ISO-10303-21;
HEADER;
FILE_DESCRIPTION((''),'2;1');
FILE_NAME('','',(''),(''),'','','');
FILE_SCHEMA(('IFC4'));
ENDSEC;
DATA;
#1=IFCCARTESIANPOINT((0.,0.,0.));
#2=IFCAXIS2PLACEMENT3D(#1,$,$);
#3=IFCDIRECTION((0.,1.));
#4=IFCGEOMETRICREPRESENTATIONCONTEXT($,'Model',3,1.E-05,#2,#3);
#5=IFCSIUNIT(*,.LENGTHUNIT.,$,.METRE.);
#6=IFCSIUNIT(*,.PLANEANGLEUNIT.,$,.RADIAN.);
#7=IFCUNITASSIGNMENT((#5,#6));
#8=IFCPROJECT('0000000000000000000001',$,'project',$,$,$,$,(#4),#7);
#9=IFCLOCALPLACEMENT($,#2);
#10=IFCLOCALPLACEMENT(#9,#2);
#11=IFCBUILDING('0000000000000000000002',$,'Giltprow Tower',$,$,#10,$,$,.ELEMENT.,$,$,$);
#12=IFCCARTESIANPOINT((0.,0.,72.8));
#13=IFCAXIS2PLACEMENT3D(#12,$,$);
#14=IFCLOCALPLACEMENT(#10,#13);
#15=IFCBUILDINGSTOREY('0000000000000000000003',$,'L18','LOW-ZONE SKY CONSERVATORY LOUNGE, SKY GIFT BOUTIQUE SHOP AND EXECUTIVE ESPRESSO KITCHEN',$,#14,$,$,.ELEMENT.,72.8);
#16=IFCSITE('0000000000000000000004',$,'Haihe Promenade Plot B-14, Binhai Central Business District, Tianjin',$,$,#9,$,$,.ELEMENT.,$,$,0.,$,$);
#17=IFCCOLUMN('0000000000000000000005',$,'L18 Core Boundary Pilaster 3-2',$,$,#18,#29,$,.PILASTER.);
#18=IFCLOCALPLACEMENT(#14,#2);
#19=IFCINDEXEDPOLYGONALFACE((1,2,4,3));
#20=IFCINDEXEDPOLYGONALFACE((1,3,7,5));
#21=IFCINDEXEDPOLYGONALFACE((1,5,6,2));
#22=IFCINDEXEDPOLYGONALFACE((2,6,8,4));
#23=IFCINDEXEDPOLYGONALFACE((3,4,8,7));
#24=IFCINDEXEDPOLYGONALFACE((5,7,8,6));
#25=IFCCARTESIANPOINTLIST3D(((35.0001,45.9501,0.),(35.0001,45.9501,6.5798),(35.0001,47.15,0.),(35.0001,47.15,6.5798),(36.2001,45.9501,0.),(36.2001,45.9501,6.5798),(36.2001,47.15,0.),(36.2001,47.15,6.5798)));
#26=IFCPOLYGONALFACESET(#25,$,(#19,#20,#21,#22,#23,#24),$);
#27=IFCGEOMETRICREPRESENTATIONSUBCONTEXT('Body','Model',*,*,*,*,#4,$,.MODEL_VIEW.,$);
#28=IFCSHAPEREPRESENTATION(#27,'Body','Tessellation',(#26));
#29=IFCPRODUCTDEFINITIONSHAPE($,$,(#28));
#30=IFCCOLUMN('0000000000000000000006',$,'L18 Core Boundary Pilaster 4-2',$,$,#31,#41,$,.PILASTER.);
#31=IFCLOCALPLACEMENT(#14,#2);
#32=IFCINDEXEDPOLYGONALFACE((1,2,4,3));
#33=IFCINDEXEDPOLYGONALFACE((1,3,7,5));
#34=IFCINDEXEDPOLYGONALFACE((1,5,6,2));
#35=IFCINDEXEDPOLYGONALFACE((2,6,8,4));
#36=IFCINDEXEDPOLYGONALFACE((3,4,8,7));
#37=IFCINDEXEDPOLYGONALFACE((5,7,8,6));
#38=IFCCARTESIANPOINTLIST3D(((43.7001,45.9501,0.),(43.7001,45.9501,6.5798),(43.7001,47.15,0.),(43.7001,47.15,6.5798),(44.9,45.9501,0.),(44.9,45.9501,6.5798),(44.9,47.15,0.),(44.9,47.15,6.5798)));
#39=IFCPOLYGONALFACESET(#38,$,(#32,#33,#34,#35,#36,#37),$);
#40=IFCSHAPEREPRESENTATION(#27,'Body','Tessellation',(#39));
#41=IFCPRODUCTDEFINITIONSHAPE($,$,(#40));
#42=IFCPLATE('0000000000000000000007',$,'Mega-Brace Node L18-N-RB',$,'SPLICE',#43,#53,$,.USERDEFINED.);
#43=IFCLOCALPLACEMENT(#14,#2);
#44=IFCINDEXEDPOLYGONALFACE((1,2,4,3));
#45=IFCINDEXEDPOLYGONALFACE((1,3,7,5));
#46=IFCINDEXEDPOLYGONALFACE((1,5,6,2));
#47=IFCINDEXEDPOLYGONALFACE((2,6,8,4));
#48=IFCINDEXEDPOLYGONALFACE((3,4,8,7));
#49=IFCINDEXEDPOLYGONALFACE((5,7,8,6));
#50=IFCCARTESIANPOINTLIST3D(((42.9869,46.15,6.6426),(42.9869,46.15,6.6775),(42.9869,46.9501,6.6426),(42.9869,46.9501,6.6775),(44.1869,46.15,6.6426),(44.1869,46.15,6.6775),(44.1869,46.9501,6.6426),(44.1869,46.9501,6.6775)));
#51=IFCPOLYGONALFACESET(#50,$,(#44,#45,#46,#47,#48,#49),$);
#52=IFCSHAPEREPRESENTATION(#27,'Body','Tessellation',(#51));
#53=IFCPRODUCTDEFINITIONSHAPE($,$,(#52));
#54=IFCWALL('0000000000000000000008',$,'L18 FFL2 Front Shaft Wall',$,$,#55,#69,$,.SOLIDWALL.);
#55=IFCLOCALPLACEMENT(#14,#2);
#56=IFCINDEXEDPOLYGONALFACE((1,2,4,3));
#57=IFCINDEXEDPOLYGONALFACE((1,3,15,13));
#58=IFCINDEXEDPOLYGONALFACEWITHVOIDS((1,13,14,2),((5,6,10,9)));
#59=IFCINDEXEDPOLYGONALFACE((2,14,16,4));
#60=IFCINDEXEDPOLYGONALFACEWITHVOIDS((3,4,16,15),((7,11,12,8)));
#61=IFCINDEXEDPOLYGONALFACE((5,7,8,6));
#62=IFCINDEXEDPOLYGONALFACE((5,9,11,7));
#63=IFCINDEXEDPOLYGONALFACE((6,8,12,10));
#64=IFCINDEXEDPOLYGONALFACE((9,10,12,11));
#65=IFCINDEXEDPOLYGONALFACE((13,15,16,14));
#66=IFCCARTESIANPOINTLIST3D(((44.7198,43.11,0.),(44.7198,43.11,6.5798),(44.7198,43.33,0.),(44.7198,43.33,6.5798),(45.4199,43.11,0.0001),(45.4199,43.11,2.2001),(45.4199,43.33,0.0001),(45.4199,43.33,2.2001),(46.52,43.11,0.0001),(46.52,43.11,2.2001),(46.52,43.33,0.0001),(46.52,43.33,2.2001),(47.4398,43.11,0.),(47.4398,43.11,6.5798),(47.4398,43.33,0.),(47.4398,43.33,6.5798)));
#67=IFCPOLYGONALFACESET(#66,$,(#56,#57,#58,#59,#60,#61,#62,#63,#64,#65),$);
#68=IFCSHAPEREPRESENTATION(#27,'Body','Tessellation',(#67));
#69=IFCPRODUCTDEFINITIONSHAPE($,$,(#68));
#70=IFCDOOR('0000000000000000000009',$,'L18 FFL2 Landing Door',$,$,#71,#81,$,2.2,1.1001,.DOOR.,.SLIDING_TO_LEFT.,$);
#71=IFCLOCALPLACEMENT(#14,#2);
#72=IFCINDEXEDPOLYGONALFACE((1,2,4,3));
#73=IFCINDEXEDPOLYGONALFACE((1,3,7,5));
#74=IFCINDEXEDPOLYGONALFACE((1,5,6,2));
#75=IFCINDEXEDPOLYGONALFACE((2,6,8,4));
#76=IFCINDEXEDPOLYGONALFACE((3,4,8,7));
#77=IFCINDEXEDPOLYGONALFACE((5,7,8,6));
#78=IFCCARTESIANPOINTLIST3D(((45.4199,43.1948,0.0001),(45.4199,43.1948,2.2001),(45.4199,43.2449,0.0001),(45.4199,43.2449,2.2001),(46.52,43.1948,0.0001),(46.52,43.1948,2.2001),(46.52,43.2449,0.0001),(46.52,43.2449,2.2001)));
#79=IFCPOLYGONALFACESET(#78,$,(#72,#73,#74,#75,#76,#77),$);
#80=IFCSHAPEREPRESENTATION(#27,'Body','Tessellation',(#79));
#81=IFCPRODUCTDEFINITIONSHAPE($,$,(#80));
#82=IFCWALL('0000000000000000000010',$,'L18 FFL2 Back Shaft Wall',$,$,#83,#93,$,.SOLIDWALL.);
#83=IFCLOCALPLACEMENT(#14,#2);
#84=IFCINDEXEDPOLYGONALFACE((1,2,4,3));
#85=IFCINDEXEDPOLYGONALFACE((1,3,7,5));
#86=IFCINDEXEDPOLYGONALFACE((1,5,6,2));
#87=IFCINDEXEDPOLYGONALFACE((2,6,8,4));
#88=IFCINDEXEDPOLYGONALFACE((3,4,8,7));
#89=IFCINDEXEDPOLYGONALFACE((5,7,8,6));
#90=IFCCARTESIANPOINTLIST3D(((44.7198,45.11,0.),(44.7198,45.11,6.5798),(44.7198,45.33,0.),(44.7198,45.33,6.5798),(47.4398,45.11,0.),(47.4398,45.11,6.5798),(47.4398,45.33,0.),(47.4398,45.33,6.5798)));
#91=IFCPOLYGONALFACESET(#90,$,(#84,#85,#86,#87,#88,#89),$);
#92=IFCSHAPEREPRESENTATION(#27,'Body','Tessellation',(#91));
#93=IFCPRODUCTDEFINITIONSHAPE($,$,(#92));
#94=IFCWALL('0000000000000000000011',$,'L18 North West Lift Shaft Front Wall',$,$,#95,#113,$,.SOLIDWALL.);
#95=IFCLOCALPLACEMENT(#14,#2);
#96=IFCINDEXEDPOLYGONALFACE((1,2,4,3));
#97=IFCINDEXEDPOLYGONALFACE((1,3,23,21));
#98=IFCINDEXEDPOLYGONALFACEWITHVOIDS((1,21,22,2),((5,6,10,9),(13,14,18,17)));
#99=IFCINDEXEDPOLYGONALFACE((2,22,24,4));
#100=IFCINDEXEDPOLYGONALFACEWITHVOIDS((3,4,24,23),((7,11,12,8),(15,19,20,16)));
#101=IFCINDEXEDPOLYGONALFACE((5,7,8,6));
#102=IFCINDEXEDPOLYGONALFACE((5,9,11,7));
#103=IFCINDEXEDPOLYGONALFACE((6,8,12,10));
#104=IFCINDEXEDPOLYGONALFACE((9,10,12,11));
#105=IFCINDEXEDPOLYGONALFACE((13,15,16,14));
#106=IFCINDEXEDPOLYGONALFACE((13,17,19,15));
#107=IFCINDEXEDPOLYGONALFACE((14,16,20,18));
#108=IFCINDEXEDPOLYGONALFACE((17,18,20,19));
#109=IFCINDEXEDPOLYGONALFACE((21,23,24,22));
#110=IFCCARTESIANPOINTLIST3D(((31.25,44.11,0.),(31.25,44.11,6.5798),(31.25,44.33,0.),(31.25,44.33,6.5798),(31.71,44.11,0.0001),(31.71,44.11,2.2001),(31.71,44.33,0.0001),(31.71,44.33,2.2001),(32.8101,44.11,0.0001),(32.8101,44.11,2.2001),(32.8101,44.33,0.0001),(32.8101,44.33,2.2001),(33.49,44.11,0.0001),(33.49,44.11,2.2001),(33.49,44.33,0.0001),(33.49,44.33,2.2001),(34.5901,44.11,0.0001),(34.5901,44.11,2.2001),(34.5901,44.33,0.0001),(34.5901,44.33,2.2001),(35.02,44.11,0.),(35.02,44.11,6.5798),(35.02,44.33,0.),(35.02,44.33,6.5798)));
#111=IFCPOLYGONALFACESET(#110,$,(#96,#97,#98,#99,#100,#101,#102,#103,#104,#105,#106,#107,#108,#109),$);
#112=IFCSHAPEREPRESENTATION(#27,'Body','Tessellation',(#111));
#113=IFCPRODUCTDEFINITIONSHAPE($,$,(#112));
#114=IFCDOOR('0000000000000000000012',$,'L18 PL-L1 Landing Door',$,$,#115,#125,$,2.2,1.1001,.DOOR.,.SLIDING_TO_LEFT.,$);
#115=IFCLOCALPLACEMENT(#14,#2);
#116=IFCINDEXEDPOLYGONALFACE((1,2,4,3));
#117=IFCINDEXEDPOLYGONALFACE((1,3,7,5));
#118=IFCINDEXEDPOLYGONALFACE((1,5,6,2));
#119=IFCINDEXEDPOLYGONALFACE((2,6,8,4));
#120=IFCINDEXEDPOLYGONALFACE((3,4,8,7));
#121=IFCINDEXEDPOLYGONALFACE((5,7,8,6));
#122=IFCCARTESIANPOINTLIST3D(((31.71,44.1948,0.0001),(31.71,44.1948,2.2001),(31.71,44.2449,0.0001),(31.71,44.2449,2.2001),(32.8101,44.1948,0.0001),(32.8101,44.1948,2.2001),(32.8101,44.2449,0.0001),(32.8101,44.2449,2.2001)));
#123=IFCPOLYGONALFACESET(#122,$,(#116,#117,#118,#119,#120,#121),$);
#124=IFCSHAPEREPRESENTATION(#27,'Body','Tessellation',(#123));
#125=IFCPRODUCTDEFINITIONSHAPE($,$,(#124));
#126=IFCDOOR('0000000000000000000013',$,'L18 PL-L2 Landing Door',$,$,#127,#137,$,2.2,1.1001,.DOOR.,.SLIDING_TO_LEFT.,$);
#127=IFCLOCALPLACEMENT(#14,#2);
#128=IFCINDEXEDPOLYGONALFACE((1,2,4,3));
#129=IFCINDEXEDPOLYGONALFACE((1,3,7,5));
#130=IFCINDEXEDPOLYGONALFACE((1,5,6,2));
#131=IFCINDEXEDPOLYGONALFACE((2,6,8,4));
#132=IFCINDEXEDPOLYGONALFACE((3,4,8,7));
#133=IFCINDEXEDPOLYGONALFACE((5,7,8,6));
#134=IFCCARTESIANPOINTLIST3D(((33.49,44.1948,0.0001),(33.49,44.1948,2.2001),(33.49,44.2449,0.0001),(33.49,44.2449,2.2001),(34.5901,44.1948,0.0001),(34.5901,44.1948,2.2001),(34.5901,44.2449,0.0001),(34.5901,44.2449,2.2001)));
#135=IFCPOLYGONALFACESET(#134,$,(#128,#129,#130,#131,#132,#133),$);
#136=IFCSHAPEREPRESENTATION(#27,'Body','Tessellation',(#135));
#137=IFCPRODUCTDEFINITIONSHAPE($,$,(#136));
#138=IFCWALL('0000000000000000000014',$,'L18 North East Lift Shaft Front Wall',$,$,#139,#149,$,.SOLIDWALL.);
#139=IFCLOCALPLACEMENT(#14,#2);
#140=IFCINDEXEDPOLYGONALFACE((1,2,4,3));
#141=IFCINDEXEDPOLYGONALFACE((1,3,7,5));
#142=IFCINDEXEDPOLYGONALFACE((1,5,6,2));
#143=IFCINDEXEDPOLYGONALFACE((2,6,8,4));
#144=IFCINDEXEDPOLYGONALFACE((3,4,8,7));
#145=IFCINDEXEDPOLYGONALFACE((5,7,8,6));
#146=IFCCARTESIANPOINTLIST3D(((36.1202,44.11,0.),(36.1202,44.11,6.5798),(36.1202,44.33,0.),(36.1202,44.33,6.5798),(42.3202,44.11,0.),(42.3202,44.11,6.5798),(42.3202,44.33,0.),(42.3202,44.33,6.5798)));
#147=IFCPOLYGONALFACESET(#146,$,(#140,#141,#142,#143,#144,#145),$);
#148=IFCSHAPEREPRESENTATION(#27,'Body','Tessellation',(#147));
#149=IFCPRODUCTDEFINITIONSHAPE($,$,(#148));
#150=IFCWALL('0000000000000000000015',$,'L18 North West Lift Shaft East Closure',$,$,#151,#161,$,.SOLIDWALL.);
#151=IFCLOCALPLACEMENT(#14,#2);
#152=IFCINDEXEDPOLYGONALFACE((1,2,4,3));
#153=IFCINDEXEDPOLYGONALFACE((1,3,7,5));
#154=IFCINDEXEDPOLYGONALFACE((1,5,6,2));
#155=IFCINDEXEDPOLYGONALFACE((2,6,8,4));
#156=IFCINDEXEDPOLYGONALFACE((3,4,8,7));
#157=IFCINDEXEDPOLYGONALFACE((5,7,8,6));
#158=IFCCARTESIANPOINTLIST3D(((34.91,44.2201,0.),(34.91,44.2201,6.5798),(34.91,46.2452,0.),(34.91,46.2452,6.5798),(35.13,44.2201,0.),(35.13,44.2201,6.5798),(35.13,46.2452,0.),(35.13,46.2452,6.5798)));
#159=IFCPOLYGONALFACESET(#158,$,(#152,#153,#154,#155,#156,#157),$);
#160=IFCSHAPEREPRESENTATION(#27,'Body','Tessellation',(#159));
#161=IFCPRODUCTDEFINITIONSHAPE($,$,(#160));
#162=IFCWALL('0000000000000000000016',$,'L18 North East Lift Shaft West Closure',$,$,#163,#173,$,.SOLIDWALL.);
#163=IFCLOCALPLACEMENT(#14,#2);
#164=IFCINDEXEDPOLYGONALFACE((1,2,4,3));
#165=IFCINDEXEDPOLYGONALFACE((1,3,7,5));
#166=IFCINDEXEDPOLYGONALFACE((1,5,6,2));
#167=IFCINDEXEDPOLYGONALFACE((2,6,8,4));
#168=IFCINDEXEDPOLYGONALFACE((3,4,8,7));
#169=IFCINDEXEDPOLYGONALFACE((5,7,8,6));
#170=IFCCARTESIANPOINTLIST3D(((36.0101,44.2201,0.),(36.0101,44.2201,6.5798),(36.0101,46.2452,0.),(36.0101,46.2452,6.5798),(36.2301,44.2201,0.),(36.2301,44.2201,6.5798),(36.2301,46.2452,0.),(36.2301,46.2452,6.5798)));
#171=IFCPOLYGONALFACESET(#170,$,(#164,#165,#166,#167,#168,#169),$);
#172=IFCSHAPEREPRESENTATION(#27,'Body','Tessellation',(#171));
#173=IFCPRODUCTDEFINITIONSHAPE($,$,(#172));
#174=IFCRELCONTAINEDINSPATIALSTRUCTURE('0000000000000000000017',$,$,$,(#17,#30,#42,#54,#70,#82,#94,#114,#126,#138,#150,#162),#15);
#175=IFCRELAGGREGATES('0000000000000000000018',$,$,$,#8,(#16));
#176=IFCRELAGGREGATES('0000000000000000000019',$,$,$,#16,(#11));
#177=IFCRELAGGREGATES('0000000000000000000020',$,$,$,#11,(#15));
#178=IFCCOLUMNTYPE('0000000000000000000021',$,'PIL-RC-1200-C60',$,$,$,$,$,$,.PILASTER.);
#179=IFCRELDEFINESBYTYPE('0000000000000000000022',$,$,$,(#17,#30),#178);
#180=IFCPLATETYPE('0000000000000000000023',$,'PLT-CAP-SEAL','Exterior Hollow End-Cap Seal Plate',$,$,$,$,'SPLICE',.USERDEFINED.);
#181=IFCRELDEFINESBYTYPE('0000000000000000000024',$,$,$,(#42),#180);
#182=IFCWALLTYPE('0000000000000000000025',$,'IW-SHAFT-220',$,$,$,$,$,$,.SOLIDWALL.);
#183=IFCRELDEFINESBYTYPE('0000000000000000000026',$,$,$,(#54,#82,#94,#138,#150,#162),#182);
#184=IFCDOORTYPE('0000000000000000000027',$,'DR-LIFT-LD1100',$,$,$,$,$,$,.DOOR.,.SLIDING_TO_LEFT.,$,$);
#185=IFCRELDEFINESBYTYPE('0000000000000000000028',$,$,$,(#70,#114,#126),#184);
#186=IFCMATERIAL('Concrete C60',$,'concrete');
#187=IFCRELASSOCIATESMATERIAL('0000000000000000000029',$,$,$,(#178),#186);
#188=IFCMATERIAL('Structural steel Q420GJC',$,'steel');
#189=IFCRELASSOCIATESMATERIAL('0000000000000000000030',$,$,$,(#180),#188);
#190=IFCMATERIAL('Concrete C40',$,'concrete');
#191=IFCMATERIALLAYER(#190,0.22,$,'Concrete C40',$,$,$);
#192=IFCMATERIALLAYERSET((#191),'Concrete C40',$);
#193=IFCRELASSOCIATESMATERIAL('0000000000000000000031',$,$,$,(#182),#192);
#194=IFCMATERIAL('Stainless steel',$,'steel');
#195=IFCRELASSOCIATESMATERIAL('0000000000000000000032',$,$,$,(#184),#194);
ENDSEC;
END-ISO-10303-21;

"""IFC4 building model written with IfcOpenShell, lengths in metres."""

from ifc_helpers import new_model, si_unit, direction, frame, frame_2d, origin, origin_2d, place, context, subcontext, project, spatial, rectangle, extrude, source, transform, mapped, material, layer, layer_set, material_profile, profile_set, type_object, element, fill, save


model = new_model("IFC4")

# Units and contexts
model_context = context("Model", 3, precision=1e-05, world=origin(), true_north=direction((0.0, 1.0)))
body_context = subcontext(model_context, "Body", "Model", "MODEL_VIEW")
ifc_project = project(units=[si_unit("LENGTHUNIT", "METRE"), si_unit("PLANEANGLEUNIT", "RADIAN")], contexts=[model_context])

# Site, building, storey
site_placement = place(None, origin())
site = spatial("IfcSite", under=ifc_project, at=site_placement, Name="Haihe Promenade Plot B-14, Binhai Central Business District, Tianjin", CompositionType="ELEMENT", RefElevation=0.0)
building_placement = place(site_placement, origin())
building = spatial("IfcBuilding", under=site, at=building_placement, Name="Giltprow Tower", CompositionType="ELEMENT")
storey_placement = place(building_placement, frame((0.0, 0.0, 72.8)))
storey = spatial("IfcBuildingStorey", under=building, at=storey_placement, Name="L18", Description="LOW-ZONE SKY CONSERVATORY LOUNGE, SKY GIFT BOUTIQUE SHOP AND EXECUTIVE ESPRESSO KITCHEN", CompositionType="ELEMENT", Elevation=72.8)

# Columns
ifc_material_1 = material(Name="Concrete C60", Category="concrete")
ifc_material_profile = material_profile(ifc_material_1, rectangle(XDim=1.2, YDim=1.2, at=origin_2d()), Name="RC 1200x1200")
ifc_profile_set = profile_set([ifc_material_profile], Name="Concrete C60")
column_type = type_object("IfcColumnType", Name="PIL-RC-1200-C60", PredefinedType="PILASTER", material=ifc_profile_set)
shared_shape_1 = source(origin(), body_context, "Body", "SweptSolid", [
    extrude(rectangle(XDim=1.2, YDim=1.2, at=origin_2d()), origin(), (0.0, 0.0, 1.0), 6.5798),
])
for number, where, z_axis, x_axis, name in (
    (1, (35.6001, 46.55, 0.0), (0.0, 0.0, 1.0), (1.0, 0.0, 0.0), "L18 Core Boundary Pilaster 3-2"),
    (2, (44.3, 46.55, 0.0), (0.0, 0.0, 1.0), (1.0, 0.0, 0.0), "L18 Core Boundary Pilaster 4-2"),
):
    element("IfcColumn", number, at=place(storey_placement, frame(where, z_axis=z_axis, x_axis=x_axis)), inside=storey, type_object=column_type, Name=name, PredefinedType="PILASTER", context=body_context, shape_type="MappedRepresentation", body=[
        mapped(shared_shape_1, transform((0.0, 0.0, 0.0), x_axis=(1.0, 0.0, 0.0), y_axis=(0.0, 1.0, 0.0), z_axis=(0.0, 0.0, 1.0), scale=1.0)),
    ])

# Plate
ifc_material_2 = material(Name="Structural steel Q420GJC", Category="steel")
plate_type = type_object("IfcPlateType", Name="PLT-CAP-SEAL", Description="Exterior Hollow End-Cap Seal Plate", ElementType="SPLICE", PredefinedType="USERDEFINED", material=ifc_material_2)
shared_shape_2 = source(origin(), body_context, "Body", "SweptSolid", [
    extrude(rectangle(XDim=1.2, YDim=0.8, at=origin_2d()), origin(), (0.0, 0.0, 1.0), 0.0349),
])
plate_placement = place(storey_placement, frame((43.5869, 46.55, 6.6426), z_axis=(0.0, 0.0, 1.0), x_axis=(1.0, 0.0, 0.0)))
element("IfcPlate", 3, at=plate_placement, inside=storey, type_object=plate_type, Name="Mega-Brace Node L18-N-RB", ObjectType="SPLICE", PredefinedType="USERDEFINED", context=body_context, shape_type="MappedRepresentation", body=[
    mapped(shared_shape_2, transform((0.0, 0.0, 0.0), x_axis=(1.0, 0.0, 0.0), y_axis=(0.0, 1.0, 0.0), z_axis=(0.0, 0.0, 1.0), scale=1.0)),
])

# Wall, opening, door
ifc_material_3 = material(Name="Concrete C40", Category="concrete")
ifc_layer_1 = layer(ifc_material_3, 0.22, Name="Concrete C40")
ifc_layer_set_1 = layer_set([ifc_layer_1], Name="Concrete C40")
wall_type_1 = type_object("IfcWallType", Name="IW-SHAFT-220", PredefinedType="SOLIDWALL", material=ifc_layer_set_1)
wall_1_placement = place(storey_placement, frame((44.72, 43.22, 0.0), z_axis=(0.0, 0.0, 1.0), x_axis=(1.0, 0.0, 0.0)))
wall_1 = element("IfcWall", 4, at=wall_1_placement, inside=storey, type_object=wall_type_1, Name="L18 FFL2 Front Shaft Wall", PredefinedType="SOLIDWALL", context=body_context, shape_type="SweptSolid", body=[
    extrude(rectangle(XDim=2.72, YDim=0.22, at=frame_2d((1.3599, 0.0))), origin(), (0.0, 0.0, 1.0), 6.5798),
])
opening_1_placement = place(wall_1_placement, frame((0.7, 0.0, 0.0)))
opening_1 = element("IfcOpeningElement", 5, at=opening_1_placement, cuts=wall_1, PredefinedType="OPENING", context=body_context, shape_type="SweptSolid", body=[
    extrude(rectangle(XDim=1.1001, YDim=2.2, at=frame_2d((0.55, 1.1001))), frame((0.0, 0.1199, 0.0), z_axis=(0.0, -1.0, 0.0), x_axis=(1.0, 0.0, 0.0)), (0.0, 0.0, 1.0), 0.24),
])
ifc_material_4 = material(Name="Stainless steel", Category="steel")
door_type = type_object("IfcDoorType", Name="DR-LIFT-LD1100", OperationType="SLIDING_TO_LEFT", PredefinedType="DOOR", material=ifc_material_4)
shared_shape_3 = source(origin(), body_context, "Body", "SweptSolid", [
    extrude(rectangle(XDim=1.1001, YDim=2.2, at=frame_2d((0.55, 1.1001))), frame((0.0, 0.0249, 0.0), z_axis=(0.0, -1.0, 0.0), x_axis=(1.0, 0.0, 0.0)), (0.0, 0.0, 1.0), 0.05),
])
door_1_placement = place(opening_1_placement, origin())
door_1 = element("IfcDoor", 6, at=door_1_placement, inside=storey, type_object=door_type, Name="L18 FFL2 Landing Door", OperationType="SLIDING_TO_LEFT", OverallHeight=2.2, OverallWidth=1.1001, PredefinedType="DOOR", context=body_context, shape_type="MappedRepresentation", body=[
    mapped(shared_shape_3, transform((0.0, 0.0, 0.0), x_axis=(1.0, 0.0, 0.0), y_axis=(0.0, 1.0, 0.0), z_axis=(0.0, 0.0, 1.0), scale=1.0)),
])
fill(opening_1, door_1)

# Wall
wall_2_placement = place(storey_placement, frame((44.72, 45.22, 0.0), z_axis=(0.0, 0.0, 1.0), x_axis=(1.0, 0.0, 0.0)))
element("IfcWall", 7, at=wall_2_placement, inside=storey, type_object=wall_type_1, Name="L18 FFL2 Back Shaft Wall", PredefinedType="SOLIDWALL", context=body_context, shape_type="SweptSolid", body=[
    extrude(rectangle(XDim=2.72, YDim=0.22, at=frame_2d((1.3599, 0.0))), origin(), (0.0, 0.0, 1.0), 6.5798),
])

# Wall, openings, doors
wall_3_placement = place(storey_placement, frame((31.25, 44.22, 0.0), z_axis=(0.0, 0.0, 1.0), x_axis=(1.0, 0.0, 0.0)))
wall_3 = element("IfcWall", 8, at=wall_3_placement, inside=storey, type_object=wall_type_1, Name="L18 North West Lift Shaft Front Wall", PredefinedType="SOLIDWALL", context=body_context, shape_type="SweptSolid", body=[
    extrude(rectangle(XDim=3.77, YDim=0.22, at=frame_2d((1.885, 0.0))), origin(), (0.0, 0.0, 1.0), 6.5798),
])
opening_2_placement = place(wall_3_placement, frame((0.46, 0.0, 0.0)))
opening_2 = element("IfcOpeningElement", 9, at=opening_2_placement, cuts=wall_3, PredefinedType="OPENING", context=body_context, shape_type="SweptSolid", body=[
    extrude(rectangle(XDim=1.1001, YDim=2.2, at=frame_2d((0.55, 1.1001))), frame((0.0, 0.1199, 0.0), z_axis=(0.0, -1.0, 0.0), x_axis=(1.0, 0.0, 0.0)), (0.0, 0.0, 1.0), 0.24),
])
opening_3_placement = place(wall_3_placement, frame((2.24, 0.0, 0.0)))
opening_3 = element("IfcOpeningElement", 10, at=opening_3_placement, cuts=wall_3, PredefinedType="OPENING", context=body_context, shape_type="SweptSolid", body=[
    extrude(rectangle(XDim=1.1001, YDim=2.2, at=frame_2d((0.55, 1.1001))), frame((0.0, 0.1199, 0.0), z_axis=(0.0, -1.0, 0.0), x_axis=(1.0, 0.0, 0.0)), (0.0, 0.0, 1.0), 0.24),
])
door_2_placement = place(opening_2_placement, origin())
door_2 = element("IfcDoor", 11, at=door_2_placement, inside=storey, type_object=door_type, Name="L18 PL-L1 Landing Door", OperationType="SLIDING_TO_LEFT", OverallHeight=2.2, OverallWidth=1.1001, PredefinedType="DOOR", context=body_context, shape_type="MappedRepresentation", body=[
    mapped(shared_shape_3, transform((0.0, 0.0, 0.0), x_axis=(1.0, 0.0, 0.0), y_axis=(0.0, 1.0, 0.0), z_axis=(0.0, 0.0, 1.0), scale=1.0)),
])
fill(opening_2, door_2)
door_3_placement = place(opening_3_placement, origin())
door_3 = element("IfcDoor", 12, at=door_3_placement, inside=storey, type_object=door_type, Name="L18 PL-L2 Landing Door", OperationType="SLIDING_TO_LEFT", OverallHeight=2.2, OverallWidth=1.1001, PredefinedType="DOOR", context=body_context, shape_type="MappedRepresentation", body=[
    mapped(shared_shape_3, transform((0.0, 0.0, 0.0), x_axis=(1.0, 0.0, 0.0), y_axis=(0.0, 1.0, 0.0), z_axis=(0.0, 0.0, 1.0), scale=1.0)),
])
fill(opening_3, door_3)

# Walls
wall_4_placement = place(storey_placement, frame((36.1201, 44.22, 0.0), z_axis=(0.0, 0.0, 1.0), x_axis=(1.0, 0.0, 0.0)))
element("IfcWall", 13, at=wall_4_placement, inside=storey, type_object=wall_type_1, Name="L18 North East Lift Shaft Front Wall", PredefinedType="SOLIDWALL", context=body_context, shape_type="SweptSolid", body=[
    extrude(rectangle(XDim=6.2, YDim=0.22, at=frame_2d((3.1001, 0.0))), origin(), (0.0, 0.0, 1.0), 6.5798),
])
for number, where, z_axis, x_axis, name in (
    (14, (35.02, 44.22, 0.0), (0.0, 0.0, 1.0), (0.0, 1.0, 0.0), "L18 North West Lift Shaft East Closure"),
    (15, (36.1201, 44.22, 0.0), (0.0, 0.0, 1.0), (0.0, 1.0, 0.0), "L18 North East Lift Shaft West Closure"),
):
    element("IfcWall", number, at=place(storey_placement, frame(where, z_axis=z_axis, x_axis=x_axis)), inside=storey, type_object=wall_type_1, Name=name, PredefinedType="SOLIDWALL", context=body_context, shape_type="SweptSolid", body=[
        extrude(rectangle(XDim=2.0251, YDim=0.22, at=frame_2d((1.0127, 0.0))), origin(), (0.0, 0.0, 1.0), 6.5798),
    ])

save(model, "model.ifc")
